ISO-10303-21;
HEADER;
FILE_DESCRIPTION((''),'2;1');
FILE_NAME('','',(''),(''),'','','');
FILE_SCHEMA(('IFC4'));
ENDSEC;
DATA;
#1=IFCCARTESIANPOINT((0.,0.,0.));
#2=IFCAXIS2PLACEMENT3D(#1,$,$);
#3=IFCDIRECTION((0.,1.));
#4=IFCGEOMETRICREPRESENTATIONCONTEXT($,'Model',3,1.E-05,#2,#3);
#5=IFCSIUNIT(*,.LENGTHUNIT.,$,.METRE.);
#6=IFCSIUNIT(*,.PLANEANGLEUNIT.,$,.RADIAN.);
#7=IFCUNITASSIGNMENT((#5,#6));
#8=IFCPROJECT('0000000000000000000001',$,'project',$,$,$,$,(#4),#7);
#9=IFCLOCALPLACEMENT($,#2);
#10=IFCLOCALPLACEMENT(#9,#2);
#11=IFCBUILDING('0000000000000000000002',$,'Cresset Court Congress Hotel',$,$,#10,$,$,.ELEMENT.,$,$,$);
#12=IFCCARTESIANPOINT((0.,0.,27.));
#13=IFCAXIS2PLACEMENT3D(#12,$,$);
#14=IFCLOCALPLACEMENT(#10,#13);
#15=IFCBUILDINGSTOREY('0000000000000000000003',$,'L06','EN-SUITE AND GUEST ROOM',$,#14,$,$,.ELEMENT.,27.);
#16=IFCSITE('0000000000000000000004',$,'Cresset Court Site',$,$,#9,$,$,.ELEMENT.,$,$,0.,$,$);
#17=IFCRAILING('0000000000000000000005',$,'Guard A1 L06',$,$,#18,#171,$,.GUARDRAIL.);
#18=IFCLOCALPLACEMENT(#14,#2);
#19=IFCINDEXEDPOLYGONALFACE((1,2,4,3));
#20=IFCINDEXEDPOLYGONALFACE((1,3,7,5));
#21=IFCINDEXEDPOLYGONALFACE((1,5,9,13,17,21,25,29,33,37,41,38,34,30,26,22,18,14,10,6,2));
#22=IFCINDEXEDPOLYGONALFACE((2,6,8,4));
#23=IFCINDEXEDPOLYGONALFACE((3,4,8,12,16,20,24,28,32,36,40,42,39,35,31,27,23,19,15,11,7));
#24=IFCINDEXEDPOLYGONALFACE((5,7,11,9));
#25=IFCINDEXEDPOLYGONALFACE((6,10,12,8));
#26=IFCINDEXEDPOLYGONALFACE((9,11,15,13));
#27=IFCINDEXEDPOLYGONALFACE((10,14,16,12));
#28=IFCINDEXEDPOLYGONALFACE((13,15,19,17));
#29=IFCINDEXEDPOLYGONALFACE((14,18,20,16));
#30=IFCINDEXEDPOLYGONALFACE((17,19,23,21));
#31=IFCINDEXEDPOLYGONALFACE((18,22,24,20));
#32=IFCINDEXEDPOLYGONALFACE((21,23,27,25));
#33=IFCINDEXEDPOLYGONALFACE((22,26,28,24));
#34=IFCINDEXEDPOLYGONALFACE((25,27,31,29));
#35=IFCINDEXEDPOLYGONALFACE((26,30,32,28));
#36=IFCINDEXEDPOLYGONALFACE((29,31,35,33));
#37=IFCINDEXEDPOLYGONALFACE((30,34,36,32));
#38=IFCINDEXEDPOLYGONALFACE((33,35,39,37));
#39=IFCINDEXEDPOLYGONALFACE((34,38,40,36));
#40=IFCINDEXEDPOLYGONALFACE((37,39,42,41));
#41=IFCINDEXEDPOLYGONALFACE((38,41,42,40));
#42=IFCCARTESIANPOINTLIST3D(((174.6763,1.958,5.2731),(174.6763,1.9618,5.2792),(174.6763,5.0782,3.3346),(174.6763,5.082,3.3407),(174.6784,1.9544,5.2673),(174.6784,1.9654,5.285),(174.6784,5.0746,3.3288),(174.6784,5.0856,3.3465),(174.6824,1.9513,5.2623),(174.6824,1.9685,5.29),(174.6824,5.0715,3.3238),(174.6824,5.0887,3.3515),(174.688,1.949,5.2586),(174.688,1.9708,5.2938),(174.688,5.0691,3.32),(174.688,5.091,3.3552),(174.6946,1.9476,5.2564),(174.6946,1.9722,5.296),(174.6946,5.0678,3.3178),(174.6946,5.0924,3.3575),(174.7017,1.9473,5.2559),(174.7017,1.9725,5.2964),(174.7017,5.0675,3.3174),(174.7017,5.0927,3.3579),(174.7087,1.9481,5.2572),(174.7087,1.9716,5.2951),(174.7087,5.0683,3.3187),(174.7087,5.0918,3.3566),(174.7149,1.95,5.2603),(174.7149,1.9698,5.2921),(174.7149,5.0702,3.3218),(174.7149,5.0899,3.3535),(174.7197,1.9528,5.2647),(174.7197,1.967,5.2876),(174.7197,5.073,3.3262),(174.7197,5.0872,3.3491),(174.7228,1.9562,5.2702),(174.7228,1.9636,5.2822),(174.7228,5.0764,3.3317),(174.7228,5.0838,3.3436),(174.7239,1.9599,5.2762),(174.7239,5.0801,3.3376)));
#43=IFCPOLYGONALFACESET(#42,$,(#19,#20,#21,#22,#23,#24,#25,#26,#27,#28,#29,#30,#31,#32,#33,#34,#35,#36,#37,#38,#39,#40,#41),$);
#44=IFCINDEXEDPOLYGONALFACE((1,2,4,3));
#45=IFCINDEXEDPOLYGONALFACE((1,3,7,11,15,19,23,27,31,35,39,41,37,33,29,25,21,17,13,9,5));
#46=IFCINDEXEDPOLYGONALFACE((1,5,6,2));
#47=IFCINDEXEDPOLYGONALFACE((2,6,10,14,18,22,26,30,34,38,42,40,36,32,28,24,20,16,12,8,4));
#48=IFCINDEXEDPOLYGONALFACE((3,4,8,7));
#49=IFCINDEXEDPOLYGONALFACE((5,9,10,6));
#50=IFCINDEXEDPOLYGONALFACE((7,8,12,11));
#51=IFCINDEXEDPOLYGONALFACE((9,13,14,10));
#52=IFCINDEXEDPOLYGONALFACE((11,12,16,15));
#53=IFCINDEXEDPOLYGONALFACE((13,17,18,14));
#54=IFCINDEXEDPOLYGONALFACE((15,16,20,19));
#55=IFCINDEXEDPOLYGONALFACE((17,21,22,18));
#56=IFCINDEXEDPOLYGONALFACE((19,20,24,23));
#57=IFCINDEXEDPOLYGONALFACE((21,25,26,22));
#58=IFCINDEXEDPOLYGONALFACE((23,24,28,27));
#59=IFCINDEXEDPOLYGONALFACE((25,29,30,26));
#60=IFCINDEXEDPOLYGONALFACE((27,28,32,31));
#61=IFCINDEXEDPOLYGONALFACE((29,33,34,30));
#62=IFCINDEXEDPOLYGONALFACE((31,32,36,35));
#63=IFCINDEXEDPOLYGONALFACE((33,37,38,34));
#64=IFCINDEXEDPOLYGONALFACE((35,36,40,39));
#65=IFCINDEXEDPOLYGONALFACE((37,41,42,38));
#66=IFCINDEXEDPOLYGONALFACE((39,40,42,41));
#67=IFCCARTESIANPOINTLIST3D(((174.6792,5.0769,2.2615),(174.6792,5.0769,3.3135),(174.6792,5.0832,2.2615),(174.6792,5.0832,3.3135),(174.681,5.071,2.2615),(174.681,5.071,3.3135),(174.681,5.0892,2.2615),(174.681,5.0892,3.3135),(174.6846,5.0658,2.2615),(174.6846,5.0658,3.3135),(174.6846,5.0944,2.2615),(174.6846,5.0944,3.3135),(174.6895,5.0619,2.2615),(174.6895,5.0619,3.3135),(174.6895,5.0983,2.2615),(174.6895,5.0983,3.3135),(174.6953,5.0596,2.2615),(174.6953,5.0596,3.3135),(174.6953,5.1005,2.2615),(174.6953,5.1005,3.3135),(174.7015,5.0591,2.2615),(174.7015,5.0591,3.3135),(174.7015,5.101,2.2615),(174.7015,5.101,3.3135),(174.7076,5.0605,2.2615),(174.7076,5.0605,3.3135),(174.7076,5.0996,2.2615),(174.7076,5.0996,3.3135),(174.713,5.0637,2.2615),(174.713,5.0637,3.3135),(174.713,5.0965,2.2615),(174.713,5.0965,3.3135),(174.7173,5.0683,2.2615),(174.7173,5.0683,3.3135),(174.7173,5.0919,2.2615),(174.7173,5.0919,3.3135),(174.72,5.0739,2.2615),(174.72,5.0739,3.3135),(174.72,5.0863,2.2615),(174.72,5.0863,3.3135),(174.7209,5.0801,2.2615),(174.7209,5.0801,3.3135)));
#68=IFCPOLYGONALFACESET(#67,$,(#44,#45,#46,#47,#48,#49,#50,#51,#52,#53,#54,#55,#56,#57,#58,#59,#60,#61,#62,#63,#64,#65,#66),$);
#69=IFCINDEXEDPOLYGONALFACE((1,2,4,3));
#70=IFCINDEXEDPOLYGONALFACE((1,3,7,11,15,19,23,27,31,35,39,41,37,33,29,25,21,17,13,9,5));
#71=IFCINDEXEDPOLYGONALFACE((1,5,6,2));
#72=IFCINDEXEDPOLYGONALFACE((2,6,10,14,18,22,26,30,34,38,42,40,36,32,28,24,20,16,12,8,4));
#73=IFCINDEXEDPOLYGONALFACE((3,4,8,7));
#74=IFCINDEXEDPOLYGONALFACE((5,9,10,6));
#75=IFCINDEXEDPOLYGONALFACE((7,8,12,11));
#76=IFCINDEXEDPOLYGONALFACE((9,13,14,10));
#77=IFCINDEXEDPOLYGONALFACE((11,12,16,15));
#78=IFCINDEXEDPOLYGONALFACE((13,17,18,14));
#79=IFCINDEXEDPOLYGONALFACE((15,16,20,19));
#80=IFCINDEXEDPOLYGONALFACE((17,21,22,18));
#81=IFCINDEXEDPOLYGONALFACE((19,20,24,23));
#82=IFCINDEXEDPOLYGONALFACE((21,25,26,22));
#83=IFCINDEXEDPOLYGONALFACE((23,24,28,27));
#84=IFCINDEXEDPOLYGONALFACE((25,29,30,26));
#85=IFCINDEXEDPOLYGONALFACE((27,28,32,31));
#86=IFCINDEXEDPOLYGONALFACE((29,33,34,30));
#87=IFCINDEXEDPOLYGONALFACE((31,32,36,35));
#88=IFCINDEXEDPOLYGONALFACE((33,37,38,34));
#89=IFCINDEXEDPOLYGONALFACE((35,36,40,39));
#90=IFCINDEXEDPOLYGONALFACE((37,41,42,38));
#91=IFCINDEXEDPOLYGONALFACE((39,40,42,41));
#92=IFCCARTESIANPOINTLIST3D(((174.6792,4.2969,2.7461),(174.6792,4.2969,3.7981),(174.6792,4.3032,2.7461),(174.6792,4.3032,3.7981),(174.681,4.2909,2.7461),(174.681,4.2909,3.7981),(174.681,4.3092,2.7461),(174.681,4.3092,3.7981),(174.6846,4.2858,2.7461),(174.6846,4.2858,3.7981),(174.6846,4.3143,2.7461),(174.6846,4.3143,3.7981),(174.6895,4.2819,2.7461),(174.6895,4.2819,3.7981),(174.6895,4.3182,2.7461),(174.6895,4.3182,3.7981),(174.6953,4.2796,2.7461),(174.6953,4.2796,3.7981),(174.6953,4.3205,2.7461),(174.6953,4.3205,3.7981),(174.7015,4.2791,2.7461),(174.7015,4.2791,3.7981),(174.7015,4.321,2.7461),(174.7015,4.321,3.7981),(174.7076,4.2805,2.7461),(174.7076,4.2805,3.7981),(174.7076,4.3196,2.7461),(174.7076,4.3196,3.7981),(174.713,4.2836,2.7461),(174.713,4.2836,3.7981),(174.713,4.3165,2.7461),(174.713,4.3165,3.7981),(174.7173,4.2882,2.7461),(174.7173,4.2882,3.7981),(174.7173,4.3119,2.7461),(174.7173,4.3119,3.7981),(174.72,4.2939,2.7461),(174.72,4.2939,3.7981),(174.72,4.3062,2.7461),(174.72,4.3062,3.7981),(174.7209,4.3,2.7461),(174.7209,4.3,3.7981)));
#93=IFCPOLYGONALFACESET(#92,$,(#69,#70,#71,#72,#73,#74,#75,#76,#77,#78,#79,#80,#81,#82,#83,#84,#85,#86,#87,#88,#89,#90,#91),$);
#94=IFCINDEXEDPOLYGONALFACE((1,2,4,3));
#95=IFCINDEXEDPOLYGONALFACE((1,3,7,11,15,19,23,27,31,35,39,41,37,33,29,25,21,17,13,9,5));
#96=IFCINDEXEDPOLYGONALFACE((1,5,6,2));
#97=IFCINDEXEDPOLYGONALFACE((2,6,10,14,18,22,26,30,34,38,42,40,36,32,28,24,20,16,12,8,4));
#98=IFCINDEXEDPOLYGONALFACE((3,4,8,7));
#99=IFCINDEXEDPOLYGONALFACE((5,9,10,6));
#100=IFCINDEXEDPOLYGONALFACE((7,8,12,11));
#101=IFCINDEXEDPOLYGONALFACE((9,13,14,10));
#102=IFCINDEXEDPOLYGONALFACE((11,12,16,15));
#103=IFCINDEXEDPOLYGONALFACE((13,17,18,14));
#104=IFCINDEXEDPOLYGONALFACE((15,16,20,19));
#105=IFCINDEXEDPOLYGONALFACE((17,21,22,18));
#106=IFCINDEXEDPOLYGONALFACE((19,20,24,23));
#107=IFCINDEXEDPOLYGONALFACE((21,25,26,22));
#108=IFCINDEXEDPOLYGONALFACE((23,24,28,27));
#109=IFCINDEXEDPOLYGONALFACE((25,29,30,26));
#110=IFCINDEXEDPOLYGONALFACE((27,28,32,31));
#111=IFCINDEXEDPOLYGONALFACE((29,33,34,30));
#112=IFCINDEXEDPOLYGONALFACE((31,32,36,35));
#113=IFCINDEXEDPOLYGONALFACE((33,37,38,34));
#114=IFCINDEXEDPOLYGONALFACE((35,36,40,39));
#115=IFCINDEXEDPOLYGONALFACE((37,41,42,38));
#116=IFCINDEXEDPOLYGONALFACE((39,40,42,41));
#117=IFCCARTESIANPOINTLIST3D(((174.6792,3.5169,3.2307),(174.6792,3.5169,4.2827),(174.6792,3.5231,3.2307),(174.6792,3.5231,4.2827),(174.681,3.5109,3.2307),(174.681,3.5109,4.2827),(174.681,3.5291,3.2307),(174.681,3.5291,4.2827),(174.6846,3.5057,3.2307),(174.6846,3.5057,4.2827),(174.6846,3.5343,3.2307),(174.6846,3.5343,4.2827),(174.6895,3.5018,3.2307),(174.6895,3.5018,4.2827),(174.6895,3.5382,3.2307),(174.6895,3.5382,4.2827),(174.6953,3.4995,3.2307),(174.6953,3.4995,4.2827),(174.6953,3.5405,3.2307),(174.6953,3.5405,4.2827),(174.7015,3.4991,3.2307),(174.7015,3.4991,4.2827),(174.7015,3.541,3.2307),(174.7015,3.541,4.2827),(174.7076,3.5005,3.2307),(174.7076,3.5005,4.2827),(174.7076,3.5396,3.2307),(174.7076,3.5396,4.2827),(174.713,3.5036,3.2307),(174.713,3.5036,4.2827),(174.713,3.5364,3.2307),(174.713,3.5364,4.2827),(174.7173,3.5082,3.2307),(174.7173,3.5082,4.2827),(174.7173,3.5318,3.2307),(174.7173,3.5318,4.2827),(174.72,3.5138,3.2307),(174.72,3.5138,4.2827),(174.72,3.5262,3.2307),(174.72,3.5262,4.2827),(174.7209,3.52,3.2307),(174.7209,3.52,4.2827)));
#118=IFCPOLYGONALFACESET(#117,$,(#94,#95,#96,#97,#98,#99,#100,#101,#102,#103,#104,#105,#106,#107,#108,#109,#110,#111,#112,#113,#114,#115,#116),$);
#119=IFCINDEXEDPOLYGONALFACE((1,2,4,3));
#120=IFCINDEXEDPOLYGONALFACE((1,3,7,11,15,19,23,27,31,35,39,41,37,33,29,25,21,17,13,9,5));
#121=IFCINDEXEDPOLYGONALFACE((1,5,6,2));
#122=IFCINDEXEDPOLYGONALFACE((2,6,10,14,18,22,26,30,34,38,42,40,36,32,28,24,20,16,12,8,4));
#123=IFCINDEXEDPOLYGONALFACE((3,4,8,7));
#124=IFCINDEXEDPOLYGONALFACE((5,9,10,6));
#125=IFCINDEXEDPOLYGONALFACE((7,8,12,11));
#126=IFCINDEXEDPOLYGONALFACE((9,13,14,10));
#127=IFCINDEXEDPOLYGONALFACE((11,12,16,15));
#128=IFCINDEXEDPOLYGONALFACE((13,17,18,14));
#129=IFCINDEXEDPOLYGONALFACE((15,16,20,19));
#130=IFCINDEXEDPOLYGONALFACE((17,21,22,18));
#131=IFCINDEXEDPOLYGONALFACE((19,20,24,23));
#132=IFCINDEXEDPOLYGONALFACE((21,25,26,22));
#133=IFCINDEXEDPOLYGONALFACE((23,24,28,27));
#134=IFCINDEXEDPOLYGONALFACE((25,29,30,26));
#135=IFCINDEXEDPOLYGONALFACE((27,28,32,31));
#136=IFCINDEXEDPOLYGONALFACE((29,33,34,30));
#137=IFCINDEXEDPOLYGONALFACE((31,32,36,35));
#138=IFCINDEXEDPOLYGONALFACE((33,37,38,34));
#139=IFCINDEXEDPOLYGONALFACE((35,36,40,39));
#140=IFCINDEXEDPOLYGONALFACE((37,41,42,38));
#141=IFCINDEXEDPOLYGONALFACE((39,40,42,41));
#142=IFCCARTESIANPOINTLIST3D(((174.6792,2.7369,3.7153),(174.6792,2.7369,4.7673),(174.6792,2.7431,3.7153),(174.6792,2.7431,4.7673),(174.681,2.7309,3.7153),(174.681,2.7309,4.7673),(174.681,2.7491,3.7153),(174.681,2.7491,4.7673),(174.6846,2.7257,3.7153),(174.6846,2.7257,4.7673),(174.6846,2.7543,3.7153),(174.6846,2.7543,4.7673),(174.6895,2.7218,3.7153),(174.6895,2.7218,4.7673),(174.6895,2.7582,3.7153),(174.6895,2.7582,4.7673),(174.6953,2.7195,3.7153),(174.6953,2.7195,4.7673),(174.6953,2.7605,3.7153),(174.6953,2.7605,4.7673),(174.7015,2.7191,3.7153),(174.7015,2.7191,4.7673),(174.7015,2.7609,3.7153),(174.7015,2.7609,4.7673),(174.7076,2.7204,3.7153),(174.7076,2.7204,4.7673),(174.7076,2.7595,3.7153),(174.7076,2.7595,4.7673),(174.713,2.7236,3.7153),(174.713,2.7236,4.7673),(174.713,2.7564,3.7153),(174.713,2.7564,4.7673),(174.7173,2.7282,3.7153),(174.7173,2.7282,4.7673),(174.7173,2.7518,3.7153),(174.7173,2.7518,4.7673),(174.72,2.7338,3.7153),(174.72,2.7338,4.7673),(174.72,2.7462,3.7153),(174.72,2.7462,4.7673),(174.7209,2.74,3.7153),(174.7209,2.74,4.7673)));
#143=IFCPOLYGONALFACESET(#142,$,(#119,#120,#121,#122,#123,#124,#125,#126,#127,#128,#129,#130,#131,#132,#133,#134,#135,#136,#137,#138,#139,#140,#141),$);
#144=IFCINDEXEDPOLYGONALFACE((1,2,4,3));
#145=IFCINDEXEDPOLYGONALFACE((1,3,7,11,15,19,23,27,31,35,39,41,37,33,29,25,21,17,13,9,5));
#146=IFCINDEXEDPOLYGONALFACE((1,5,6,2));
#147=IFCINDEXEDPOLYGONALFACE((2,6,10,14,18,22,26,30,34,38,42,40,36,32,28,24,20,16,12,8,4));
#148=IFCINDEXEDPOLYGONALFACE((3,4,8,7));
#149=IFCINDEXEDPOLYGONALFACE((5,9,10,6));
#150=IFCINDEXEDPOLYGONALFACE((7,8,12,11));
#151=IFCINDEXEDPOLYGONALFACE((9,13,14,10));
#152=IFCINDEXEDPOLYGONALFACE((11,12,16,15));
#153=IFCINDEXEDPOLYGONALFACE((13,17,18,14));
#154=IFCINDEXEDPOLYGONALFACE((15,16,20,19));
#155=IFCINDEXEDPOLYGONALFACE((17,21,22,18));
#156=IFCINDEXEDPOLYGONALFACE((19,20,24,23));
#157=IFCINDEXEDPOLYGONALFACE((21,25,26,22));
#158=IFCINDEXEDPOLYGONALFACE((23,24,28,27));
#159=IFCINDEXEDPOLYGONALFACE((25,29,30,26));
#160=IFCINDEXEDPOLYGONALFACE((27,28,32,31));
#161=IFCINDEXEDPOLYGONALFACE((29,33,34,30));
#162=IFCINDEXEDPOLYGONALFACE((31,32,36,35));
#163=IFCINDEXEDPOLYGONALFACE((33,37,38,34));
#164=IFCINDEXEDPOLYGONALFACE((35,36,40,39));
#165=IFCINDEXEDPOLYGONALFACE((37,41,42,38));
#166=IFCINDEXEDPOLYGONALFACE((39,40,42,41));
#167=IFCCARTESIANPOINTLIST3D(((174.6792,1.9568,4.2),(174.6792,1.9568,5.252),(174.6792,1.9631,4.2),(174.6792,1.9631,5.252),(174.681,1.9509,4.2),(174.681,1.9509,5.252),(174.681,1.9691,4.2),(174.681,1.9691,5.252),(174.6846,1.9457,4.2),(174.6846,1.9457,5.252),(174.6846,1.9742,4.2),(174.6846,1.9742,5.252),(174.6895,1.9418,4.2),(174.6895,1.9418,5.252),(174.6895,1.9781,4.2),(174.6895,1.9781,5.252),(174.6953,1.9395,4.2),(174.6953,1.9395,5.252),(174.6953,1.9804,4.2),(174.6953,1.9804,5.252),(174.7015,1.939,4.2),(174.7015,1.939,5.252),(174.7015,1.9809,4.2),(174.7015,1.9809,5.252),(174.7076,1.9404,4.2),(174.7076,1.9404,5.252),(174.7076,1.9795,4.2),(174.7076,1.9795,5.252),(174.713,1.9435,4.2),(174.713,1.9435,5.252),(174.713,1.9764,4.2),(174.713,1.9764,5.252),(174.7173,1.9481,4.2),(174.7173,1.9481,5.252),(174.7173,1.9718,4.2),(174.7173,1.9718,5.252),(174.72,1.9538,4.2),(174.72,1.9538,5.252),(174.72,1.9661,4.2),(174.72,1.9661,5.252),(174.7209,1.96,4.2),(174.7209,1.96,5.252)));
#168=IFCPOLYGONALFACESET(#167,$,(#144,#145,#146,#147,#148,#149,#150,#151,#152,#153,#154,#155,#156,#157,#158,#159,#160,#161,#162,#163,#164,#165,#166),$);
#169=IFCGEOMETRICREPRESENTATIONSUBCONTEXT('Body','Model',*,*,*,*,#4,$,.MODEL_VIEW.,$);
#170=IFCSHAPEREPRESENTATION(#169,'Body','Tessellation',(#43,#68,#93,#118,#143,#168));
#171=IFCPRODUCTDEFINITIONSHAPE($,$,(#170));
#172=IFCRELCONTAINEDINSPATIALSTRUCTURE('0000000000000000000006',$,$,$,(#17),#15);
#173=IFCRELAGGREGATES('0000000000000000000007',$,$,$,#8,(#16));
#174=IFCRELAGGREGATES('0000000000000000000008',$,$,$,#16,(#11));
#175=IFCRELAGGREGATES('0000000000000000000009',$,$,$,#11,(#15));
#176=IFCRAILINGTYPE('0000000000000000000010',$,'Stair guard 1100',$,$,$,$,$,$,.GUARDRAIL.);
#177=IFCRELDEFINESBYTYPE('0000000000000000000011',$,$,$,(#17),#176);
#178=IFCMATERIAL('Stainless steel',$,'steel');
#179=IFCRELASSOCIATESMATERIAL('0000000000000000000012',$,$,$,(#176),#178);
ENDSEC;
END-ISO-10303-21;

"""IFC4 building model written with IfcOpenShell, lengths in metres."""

from ifc_helpers import new_model, si_unit, direction, frame, origin, origin_2d, place, context, subcontext, project, spatial, circle, extrude, material, type_object, element, save


model = new_model("IFC4")

# Units and contexts
model_context = context("Model", 3, precision=1e-05, world=origin(), true_north=direction((0.0, 1.0)))
body_context = subcontext(model_context, "Body", "Model", "MODEL_VIEW")
ifc_project = project(units=[si_unit("LENGTHUNIT", "METRE"), si_unit("PLANEANGLEUNIT", "RADIAN")], contexts=[model_context])

# Site, building, storey
site_placement = place(None, origin())
site = spatial("IfcSite", under=ifc_project, at=site_placement, Name="Cresset Court Site", CompositionType="ELEMENT", RefElevation=0.0)
building_placement = place(site_placement, origin())
building = spatial("IfcBuilding", under=site, at=building_placement, Name="Cresset Court Congress Hotel", CompositionType="ELEMENT")
storey_placement = place(building_placement, frame((0.0, 0.0, 27.0)))
storey = spatial("IfcBuildingStorey", under=building, at=storey_placement, Name="L06", Description="EN-SUITE AND GUEST ROOM", CompositionType="ELEMENT", Elevation=27.0)

# Railing
ifc_material_1 = material(Name="Stainless steel", Category="steel")
railing_type_1 = type_object("IfcRailingType", Name="Stair guard 1100", PredefinedType="GUARDRAIL", material=ifc_material_1)
railing_1_placement = place(storey_placement, frame((174.7, 5.0801, 2.2615)))
element("IfcRailing", 1, at=railing_1_placement, inside=storey, type_object=railing_type_1, Name="Guard A1 L06", PredefinedType="GUARDRAIL", context=body_context, shape_type="SweptSolid", body=[
    extrude(circle(Radius=0.0239, at=origin_2d()), frame((0.0, 0.0, 1.0762), z_axis=(0.0, -0.849414, 0.527727), x_axis=(1.0, 0.0, 0.0)), (0.0, 0.0, 1.0), 3.6733),
    extrude(circle(Radius=0.021, at=origin_2d()), origin(), (0.0, 0.0, 1.0), 1.052),
    extrude(circle(Radius=0.021, at=origin_2d()), frame((0.0, -0.78, 0.4846)), (0.0, 0.0, 1.0), 1.052),
    extrude(circle(Radius=0.021, at=origin_2d()), frame((0.0, -1.5601, 0.9692)), (0.0, 0.0, 1.0), 1.052),
    extrude(circle(Radius=0.021, at=origin_2d()), frame((0.0, -2.3401, 1.4539)), (0.0, 0.0, 1.0), 1.052),
    extrude(circle(Radius=0.021, at=origin_2d()), frame((0.0, -3.1201, 1.9385)), (0.0, 0.0, 1.0), 1.052),
])

save(model, "model.ifc")
